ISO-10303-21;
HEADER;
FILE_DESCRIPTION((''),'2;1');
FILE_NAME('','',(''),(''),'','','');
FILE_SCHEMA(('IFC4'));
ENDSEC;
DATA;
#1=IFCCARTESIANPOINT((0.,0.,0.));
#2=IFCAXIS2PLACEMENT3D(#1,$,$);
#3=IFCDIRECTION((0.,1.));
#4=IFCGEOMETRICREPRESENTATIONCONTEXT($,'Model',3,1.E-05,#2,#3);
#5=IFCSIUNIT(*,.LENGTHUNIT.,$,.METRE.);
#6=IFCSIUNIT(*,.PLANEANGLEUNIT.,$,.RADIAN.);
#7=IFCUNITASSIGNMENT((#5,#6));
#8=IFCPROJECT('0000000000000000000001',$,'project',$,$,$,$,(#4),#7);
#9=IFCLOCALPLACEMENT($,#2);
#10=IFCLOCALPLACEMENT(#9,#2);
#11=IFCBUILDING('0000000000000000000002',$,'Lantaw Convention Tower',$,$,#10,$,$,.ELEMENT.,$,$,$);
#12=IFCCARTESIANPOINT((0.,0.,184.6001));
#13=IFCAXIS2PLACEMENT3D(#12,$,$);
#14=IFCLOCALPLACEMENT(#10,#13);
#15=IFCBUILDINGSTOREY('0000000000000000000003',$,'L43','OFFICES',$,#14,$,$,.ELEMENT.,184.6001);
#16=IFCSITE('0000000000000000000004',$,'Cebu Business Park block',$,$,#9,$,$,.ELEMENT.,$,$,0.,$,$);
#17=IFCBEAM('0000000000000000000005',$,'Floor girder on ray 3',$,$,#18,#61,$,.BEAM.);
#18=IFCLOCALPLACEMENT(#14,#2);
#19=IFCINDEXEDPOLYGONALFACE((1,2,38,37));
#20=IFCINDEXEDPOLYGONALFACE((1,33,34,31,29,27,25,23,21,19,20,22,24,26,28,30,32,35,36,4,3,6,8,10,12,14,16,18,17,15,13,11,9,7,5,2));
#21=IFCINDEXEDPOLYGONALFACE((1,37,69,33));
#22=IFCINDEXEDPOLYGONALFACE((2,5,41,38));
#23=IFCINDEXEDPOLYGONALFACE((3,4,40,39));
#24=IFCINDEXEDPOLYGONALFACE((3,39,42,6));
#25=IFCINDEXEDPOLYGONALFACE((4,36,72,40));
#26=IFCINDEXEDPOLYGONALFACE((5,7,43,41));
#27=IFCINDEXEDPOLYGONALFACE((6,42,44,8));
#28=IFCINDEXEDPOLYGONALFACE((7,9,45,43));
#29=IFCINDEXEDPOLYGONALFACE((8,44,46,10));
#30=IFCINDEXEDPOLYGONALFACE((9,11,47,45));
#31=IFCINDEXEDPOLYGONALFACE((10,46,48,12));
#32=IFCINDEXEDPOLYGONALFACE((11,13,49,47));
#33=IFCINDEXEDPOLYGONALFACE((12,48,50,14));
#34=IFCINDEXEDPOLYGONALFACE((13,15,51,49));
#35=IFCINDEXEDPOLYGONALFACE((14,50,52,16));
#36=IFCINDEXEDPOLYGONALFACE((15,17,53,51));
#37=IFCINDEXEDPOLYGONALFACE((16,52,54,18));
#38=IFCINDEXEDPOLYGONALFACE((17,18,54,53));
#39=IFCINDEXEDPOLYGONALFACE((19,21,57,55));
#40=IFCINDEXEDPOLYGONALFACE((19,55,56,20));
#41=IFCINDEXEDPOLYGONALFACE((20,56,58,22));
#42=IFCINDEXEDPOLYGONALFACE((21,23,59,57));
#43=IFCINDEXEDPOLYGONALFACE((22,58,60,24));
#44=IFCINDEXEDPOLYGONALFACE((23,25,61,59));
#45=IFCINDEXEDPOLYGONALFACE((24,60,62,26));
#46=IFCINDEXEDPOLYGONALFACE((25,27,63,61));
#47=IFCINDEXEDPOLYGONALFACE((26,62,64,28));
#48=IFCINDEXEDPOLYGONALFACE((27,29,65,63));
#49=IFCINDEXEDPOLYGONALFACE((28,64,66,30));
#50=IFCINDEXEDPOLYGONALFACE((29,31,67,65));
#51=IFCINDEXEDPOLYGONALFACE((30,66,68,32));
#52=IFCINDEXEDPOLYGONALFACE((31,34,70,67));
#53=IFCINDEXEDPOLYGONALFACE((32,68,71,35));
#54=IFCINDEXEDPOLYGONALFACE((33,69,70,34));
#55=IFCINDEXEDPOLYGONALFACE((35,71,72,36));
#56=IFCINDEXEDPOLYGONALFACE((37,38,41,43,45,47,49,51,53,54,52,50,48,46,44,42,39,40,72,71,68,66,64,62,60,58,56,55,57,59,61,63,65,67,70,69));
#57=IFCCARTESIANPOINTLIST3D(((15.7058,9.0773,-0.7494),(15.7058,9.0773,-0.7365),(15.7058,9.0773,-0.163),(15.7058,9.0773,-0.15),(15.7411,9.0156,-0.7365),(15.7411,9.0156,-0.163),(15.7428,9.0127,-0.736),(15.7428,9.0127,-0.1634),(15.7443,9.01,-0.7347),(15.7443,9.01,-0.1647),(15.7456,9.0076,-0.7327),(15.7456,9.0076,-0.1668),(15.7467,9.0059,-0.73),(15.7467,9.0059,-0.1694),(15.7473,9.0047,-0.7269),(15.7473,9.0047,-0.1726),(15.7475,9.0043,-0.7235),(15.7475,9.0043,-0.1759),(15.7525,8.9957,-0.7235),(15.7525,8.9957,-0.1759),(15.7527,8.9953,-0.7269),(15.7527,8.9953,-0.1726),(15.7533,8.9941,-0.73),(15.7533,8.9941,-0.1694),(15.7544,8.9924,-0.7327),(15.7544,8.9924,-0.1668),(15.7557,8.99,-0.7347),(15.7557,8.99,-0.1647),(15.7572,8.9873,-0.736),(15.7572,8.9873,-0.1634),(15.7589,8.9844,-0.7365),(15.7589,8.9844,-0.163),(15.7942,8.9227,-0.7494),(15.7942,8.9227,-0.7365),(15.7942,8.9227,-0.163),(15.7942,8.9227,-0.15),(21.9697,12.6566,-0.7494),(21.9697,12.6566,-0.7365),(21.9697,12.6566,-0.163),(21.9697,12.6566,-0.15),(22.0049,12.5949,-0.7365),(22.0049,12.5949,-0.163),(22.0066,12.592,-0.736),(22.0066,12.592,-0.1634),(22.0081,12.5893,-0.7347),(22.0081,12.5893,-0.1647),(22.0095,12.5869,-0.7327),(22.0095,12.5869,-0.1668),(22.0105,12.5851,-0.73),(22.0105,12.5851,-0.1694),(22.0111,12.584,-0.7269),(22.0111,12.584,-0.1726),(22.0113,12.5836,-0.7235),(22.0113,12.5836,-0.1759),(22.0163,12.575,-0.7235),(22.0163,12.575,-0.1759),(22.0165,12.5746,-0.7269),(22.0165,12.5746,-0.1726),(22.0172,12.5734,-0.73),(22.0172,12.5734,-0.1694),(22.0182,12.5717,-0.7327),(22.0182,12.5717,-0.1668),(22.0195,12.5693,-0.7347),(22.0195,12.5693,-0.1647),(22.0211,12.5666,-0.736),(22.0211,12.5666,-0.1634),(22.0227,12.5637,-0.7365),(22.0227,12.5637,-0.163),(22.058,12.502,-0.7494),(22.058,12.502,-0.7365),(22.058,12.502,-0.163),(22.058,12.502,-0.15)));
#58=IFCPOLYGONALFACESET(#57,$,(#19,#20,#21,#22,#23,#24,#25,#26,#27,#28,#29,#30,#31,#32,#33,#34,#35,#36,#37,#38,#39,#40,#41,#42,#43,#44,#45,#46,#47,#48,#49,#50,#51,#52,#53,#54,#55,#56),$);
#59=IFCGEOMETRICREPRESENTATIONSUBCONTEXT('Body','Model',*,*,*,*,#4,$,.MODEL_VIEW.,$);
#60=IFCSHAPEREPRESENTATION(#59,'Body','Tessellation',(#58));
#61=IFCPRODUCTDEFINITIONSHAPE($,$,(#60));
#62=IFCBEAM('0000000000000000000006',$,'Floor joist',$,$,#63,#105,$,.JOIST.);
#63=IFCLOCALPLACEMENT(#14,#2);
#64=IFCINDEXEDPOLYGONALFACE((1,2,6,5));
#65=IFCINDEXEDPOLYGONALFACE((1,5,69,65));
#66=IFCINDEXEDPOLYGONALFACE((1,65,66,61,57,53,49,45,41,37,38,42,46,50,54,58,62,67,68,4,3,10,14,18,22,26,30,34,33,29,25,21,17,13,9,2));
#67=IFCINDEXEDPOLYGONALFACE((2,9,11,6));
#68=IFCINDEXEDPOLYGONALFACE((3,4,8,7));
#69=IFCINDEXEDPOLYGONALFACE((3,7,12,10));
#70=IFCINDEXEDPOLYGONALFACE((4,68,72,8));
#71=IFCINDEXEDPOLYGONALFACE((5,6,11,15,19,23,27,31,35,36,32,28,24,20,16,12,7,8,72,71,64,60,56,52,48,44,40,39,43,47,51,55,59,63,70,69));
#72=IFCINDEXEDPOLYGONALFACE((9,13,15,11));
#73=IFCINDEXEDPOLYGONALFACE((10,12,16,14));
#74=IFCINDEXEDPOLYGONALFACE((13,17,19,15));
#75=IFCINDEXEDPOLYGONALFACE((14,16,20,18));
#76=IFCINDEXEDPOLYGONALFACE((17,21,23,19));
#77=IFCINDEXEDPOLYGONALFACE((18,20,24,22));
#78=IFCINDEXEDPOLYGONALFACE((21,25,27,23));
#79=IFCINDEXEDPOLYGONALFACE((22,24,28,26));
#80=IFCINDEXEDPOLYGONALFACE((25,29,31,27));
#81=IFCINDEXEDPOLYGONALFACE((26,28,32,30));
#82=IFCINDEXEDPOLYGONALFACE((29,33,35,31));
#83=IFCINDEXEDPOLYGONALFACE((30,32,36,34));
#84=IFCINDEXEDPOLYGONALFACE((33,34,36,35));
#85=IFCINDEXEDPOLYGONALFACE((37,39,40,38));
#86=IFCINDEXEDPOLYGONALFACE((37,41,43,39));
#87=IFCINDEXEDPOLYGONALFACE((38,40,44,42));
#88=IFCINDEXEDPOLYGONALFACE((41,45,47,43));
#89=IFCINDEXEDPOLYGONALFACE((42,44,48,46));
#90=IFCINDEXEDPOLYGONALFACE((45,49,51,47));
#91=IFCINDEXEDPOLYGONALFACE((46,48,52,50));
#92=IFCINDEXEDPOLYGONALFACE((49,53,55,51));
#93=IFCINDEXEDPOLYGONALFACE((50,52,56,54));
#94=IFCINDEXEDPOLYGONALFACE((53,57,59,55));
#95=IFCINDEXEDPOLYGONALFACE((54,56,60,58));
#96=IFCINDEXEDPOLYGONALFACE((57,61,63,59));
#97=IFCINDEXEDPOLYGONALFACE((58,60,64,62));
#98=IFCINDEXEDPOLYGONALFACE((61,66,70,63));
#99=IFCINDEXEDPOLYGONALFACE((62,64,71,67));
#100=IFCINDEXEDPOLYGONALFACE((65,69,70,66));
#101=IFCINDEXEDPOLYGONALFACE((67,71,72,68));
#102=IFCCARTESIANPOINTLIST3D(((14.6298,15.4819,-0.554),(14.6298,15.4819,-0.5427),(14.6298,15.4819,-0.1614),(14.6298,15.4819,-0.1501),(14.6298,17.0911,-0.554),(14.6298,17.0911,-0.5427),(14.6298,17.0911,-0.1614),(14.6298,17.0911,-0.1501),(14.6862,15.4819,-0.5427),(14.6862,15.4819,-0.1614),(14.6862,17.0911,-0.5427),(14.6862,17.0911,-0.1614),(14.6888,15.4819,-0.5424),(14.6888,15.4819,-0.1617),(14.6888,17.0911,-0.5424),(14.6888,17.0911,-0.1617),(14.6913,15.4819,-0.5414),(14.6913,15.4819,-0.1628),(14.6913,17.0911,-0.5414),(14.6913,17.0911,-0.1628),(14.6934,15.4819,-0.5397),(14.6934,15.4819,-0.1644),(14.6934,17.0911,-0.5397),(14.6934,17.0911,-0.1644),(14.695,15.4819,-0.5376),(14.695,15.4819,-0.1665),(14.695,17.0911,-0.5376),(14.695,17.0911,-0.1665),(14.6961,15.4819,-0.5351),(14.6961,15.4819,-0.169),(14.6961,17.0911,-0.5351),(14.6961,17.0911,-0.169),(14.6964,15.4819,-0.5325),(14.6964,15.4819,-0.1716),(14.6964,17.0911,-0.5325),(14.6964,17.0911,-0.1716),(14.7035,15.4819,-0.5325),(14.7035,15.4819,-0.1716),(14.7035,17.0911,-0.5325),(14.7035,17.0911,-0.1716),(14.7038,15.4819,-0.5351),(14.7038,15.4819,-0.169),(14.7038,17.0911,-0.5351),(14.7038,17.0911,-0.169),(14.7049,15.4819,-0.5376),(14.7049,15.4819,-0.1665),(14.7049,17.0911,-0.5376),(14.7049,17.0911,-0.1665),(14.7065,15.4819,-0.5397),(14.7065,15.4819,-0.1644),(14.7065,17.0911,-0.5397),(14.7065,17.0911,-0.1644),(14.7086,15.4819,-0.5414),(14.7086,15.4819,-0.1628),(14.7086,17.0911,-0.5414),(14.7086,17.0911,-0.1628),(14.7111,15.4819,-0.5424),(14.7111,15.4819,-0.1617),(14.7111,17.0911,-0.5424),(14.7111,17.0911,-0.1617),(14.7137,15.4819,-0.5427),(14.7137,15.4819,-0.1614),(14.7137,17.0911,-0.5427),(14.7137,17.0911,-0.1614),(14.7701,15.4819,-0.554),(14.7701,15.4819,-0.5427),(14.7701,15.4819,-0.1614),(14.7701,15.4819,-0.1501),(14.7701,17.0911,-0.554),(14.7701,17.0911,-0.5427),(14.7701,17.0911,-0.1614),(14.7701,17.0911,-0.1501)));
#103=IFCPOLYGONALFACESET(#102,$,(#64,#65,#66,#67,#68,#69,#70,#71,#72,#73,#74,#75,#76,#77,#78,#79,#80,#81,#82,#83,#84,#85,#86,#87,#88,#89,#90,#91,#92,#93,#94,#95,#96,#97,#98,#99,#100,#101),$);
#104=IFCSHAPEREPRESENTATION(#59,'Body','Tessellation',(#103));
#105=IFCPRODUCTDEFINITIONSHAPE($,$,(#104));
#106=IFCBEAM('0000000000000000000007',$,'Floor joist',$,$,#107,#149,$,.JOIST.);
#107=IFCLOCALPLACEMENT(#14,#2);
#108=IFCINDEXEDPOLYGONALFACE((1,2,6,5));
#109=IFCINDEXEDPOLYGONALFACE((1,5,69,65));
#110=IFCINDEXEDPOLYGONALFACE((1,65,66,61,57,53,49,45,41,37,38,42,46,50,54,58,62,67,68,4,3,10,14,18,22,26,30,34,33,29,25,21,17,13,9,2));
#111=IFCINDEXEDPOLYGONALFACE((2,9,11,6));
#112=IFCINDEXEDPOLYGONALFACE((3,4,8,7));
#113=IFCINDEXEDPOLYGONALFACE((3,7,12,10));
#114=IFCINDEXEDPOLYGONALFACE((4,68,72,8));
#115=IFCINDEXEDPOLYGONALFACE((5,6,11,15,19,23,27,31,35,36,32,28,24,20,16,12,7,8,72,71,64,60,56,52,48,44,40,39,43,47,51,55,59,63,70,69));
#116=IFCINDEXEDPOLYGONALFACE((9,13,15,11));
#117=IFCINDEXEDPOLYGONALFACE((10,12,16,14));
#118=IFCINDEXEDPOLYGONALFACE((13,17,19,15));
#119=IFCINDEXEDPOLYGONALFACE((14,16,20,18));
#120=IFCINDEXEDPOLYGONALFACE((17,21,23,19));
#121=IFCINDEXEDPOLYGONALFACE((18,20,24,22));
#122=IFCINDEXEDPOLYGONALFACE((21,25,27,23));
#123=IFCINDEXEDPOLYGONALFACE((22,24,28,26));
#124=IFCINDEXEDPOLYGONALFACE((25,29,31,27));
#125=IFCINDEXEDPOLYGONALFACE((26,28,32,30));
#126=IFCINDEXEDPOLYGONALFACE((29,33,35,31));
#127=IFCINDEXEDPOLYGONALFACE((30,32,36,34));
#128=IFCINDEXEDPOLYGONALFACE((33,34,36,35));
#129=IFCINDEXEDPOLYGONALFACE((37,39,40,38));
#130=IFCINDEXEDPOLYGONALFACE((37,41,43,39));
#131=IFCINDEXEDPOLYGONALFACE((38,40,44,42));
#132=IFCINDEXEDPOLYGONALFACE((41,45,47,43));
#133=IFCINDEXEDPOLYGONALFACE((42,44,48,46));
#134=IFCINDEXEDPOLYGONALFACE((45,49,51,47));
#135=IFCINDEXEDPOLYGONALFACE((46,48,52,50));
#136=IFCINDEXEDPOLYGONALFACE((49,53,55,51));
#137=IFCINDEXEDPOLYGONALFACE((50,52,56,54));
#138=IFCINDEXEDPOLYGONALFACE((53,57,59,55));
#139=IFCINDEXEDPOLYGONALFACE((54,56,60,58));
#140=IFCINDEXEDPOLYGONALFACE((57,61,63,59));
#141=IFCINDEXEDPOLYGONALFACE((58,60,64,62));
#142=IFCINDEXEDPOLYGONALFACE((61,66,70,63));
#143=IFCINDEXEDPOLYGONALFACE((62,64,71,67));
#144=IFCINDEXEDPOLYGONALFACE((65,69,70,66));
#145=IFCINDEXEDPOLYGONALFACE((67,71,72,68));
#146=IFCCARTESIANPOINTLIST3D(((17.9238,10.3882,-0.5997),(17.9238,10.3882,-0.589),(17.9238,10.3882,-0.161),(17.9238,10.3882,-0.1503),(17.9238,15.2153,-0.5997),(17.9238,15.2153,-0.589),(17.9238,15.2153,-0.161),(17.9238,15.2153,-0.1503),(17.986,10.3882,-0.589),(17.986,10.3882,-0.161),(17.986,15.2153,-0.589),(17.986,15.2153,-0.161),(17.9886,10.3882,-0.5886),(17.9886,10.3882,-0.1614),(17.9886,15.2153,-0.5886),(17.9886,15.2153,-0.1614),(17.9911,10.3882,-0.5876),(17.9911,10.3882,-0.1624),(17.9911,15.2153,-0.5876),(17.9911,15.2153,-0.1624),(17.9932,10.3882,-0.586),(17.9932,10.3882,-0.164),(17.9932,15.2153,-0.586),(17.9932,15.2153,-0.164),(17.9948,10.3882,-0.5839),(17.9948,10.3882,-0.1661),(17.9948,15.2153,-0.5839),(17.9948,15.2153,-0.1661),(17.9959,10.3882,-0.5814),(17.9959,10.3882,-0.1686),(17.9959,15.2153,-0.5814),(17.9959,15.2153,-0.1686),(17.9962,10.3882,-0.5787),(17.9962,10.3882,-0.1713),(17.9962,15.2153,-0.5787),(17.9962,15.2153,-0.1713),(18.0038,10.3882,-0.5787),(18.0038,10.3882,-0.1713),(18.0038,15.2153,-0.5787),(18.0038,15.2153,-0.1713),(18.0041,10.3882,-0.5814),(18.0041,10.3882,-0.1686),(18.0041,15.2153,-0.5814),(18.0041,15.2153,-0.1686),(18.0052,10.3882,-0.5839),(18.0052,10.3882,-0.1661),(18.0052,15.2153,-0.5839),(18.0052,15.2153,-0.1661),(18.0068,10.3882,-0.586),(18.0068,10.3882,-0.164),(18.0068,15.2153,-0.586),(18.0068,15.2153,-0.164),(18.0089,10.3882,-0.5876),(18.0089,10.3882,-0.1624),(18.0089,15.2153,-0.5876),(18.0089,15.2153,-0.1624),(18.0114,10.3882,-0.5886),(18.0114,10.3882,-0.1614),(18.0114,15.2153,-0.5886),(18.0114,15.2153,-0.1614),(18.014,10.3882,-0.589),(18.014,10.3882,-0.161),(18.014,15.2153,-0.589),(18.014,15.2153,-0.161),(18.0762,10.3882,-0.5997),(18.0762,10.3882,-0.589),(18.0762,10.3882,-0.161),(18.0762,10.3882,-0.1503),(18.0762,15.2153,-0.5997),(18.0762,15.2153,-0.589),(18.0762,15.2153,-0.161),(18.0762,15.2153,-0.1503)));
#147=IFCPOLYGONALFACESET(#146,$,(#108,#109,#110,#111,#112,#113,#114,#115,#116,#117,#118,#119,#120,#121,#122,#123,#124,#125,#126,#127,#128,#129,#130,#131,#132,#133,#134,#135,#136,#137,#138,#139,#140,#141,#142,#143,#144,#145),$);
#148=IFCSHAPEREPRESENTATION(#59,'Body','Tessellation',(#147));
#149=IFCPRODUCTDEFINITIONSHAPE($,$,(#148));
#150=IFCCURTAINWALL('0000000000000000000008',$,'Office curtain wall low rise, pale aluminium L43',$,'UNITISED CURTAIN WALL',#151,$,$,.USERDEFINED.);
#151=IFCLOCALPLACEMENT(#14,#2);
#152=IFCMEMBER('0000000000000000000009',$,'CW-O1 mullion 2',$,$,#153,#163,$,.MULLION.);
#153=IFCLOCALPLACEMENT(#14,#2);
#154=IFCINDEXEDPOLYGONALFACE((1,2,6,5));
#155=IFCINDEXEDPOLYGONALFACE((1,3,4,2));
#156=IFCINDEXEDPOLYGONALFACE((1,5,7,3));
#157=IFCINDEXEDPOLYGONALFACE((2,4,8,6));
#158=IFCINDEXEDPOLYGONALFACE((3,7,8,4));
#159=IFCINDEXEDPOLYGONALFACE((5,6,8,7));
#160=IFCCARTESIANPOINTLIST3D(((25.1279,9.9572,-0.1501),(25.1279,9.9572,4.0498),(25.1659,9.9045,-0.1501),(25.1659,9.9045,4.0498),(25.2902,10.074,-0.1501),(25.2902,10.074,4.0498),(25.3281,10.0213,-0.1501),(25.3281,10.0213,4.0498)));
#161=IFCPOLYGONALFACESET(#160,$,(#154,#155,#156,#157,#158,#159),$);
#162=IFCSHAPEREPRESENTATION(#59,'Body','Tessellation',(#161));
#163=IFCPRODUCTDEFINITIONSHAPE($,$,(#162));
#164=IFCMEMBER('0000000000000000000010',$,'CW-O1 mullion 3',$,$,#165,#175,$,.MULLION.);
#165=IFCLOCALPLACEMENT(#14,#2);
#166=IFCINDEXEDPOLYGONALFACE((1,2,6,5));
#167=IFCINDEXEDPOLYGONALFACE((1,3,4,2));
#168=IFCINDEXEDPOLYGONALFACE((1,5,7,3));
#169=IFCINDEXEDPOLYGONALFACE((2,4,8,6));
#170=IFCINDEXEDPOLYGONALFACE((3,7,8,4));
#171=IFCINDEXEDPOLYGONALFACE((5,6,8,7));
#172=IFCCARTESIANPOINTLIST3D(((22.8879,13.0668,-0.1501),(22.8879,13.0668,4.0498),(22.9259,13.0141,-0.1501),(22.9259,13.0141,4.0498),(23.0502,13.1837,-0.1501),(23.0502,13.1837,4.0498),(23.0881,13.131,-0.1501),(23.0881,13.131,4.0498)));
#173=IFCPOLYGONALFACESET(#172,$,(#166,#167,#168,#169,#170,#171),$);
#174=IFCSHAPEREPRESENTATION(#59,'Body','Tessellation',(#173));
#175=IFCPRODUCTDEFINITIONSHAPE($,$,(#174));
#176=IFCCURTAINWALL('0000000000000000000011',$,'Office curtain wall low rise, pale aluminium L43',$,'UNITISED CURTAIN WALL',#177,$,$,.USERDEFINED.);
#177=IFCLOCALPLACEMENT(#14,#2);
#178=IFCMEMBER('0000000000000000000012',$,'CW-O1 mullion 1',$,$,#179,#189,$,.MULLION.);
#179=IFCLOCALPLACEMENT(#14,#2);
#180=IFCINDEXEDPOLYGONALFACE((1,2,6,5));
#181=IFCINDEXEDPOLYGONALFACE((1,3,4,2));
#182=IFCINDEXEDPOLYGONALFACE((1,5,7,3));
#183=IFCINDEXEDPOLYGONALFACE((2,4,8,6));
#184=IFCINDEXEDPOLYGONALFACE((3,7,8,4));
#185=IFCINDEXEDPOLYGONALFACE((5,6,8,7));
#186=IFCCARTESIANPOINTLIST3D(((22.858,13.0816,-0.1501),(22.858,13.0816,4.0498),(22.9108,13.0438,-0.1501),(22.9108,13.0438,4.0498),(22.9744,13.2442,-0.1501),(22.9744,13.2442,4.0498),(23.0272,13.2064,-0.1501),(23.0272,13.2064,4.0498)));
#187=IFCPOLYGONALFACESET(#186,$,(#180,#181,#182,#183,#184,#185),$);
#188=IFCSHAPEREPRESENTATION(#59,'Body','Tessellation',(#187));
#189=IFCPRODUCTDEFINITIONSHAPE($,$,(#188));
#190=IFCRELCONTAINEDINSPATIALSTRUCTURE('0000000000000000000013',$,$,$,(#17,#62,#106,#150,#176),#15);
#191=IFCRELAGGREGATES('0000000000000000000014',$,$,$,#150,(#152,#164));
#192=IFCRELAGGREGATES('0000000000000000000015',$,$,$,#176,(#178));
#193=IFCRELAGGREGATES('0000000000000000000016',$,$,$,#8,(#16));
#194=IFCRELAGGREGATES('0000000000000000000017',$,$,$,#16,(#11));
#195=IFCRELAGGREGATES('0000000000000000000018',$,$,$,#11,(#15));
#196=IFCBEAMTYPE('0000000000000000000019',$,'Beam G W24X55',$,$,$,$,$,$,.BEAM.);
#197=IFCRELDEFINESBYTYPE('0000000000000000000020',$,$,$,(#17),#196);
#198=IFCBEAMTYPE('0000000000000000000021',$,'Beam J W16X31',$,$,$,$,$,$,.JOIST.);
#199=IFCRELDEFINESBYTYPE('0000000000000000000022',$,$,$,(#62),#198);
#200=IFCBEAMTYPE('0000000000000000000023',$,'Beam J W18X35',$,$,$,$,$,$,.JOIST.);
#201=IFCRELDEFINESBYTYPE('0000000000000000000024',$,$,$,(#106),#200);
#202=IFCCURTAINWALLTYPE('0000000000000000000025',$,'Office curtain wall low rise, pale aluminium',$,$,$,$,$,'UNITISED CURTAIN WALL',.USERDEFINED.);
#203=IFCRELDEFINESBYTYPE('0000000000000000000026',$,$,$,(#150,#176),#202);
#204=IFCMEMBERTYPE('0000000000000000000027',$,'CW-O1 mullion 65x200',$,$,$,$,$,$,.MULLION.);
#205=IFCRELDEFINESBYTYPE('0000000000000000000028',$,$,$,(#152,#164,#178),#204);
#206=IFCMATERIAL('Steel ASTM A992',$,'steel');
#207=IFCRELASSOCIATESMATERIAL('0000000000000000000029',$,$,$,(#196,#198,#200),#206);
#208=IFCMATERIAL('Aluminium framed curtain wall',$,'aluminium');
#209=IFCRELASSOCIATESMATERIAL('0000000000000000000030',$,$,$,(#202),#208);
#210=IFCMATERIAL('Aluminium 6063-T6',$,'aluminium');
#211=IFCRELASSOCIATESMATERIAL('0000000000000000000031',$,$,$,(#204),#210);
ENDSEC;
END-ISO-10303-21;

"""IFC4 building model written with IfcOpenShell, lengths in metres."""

from ifc_helpers import new_model, si_unit, direction, frame, origin, origin_2d, place, context, subcontext, project, spatial, rectangle, i_section, extrude, material, material_profile, profile_set, type_object, element, aggregate, save


model = new_model("IFC4")

# Units and contexts
model_context = context("Model", 3, precision=1e-05, world=origin(), true_north=direction((0.0, 1.0)))
body_context = subcontext(model_context, "Body", "Model", "MODEL_VIEW")
ifc_project = project(units=[si_unit("LENGTHUNIT", "METRE"), si_unit("PLANEANGLEUNIT", "RADIAN")], contexts=[model_context])

# Site, building, storey
site_placement = place(None, origin())
site = spatial("IfcSite", under=ifc_project, at=site_placement, Name="Cebu Business Park block", CompositionType="ELEMENT", RefElevation=0.0)
building_placement = place(site_placement, origin())
building = spatial("IfcBuilding", under=site, at=building_placement, Name="Lantaw Convention Tower", CompositionType="ELEMENT")
storey_placement = place(building_placement, frame((0.0, 0.0, 184.6001)))
storey = spatial("IfcBuildingStorey", under=building, at=storey_placement, Name="L43", Description="OFFICES", CompositionType="ELEMENT", Elevation=184.6001)

# Beams
ifc_material_1 = material(Name="Steel ASTM A992", Category="steel")
ifc_material_profile_1 = material_profile(ifc_material_1, i_section(OverallWidth=0.178, OverallDepth=0.5994, WebThickness=0.01, FlangeThickness=0.0129, FilletRadius=0.0129, at=origin_2d()), Name="W24X55")
ifc_profile_set_1 = profile_set([ifc_material_profile_1], Name="Steel ASTM A992")
beam_type_1 = type_object("IfcBeamType", Name="Beam G W24X55", PredefinedType="BEAM", material=ifc_profile_set_1)
beam_1_placement = place(storey_placement, frame((15.75, 9.0, -0.4497), z_axis=(0.868245, 0.496135, 0.0), x_axis=(-0.496135, 0.868245, 0.0)))
element("IfcBeam", 1, at=beam_1_placement, inside=storey, type_object=beam_type_1, Name="Floor girder on ray 3", PredefinedType="BEAM", context=body_context, shape_type="SweptSolid", body=[
    extrude(i_section(OverallWidth=0.178, OverallDepth=0.5994, WebThickness=0.01, FlangeThickness=0.0129, FilletRadius=0.0129, at=origin_2d()), origin(), (0.0, 0.0, 1.0), 7.2144),
])
ifc_material_profile_2 = material_profile(ifc_material_1, i_section(OverallWidth=0.1404, OverallDepth=0.4038, WebThickness=0.0071, FlangeThickness=0.0112, FilletRadius=0.0103, at=origin_2d()), Name="W16X31")
ifc_profile_set_2 = profile_set([ifc_material_profile_2], Name="Steel ASTM A992")
beam_type_2 = type_object("IfcBeamType", Name="Beam J W16X31", PredefinedType="JOIST", material=ifc_profile_set_2)
beam_2_placement = place(storey_placement, frame((14.7, 15.4819, -0.3521), z_axis=(0.0, 1.0, 0.0), x_axis=(-1.0, 0.0, 0.0)))
element("IfcBeam", 2, at=beam_2_placement, inside=storey, type_object=beam_type_2, Name="Floor joist", PredefinedType="JOIST", context=body_context, shape_type="SweptSolid", body=[
    extrude(i_section(OverallWidth=0.1404, OverallDepth=0.4038, WebThickness=0.0071, FlangeThickness=0.0112, FilletRadius=0.0103, at=origin_2d()), origin(), (0.0, 0.0, 1.0), 1.6091),
])
ifc_material_profile_3 = material_profile(ifc_material_1, i_section(OverallWidth=0.1523, OverallDepth=0.4495, WebThickness=0.0076, FlangeThickness=0.0107, FilletRadius=0.0103, at=origin_2d()), Name="W18X35")
ifc_profile_set_3 = profile_set([ifc_material_profile_3], Name="Steel ASTM A992")
beam_type_3 = type_object("IfcBeamType", Name="Beam J W18X35", PredefinedType="JOIST", material=ifc_profile_set_3)
beam_3_placement = place(storey_placement, frame((18.0, 10.3882, -0.375), z_axis=(0.0, 1.0, 0.0), x_axis=(-1.0, 0.0, 0.0)))
element("IfcBeam", 3, at=beam_3_placement, inside=storey, type_object=beam_type_3, Name="Floor joist", PredefinedType="JOIST", context=body_context, shape_type="SweptSolid", body=[
    extrude(i_section(OverallWidth=0.1523, OverallDepth=0.4495, WebThickness=0.0076, FlangeThickness=0.0107, FilletRadius=0.0103, at=origin_2d()), origin(), (0.0, 0.0, 1.0), 4.8271),
])

# Curtain walls, members
ifc_material_2 = material(Name="Aluminium framed curtain wall", Category="aluminium")
curtain_wall_type = type_object("IfcCurtainWallType", Name="Office curtain wall low rise, pale aluminium", ElementType="UNITISED CURTAIN WALL", PredefinedType="USERDEFINED", material=ifc_material_2)
curtain_wall_1_placement = place(storey_placement, origin())
curtain_wall_1 = element("IfcCurtainWall", 4, at=curtain_wall_1_placement, inside=storey, type_object=curtain_wall_type, Name="Office curtain wall low rise, pale aluminium L43", ObjectType="UNITISED CURTAIN WALL", PredefinedType="USERDEFINED")
ifc_material_3 = material(Name="Aluminium 6063-T6", Category="aluminium")
ifc_material_profile_4 = material_profile(ifc_material_3, rectangle(XDim=0.2, YDim=0.0649, at=origin_2d()), Name="CW-O1 mullion 65x200")
ifc_profile_set_4 = profile_set([ifc_material_profile_4], Name="Aluminium 6063-T6")
member_type_1 = type_object("IfcMemberType", Name="CW-O1 mullion 65x200", PredefinedType="MULLION", material=ifc_profile_set_4)
member_1_placement = place(storey_placement, frame((25.228, 9.9893, -0.1501), z_axis=(0.0, 0.0, 1.0), x_axis=(-0.811385, -0.584513, 0.0)))
member_1 = element("IfcMember", 5, at=member_1_placement, type_object=member_type_1, Name="CW-O1 mullion 2", PredefinedType="MULLION", context=body_context, shape_type="SweptSolid", body=[
    extrude(rectangle(XDim=0.2, YDim=0.0649, at=origin_2d()), origin(), (0.0, 0.0, 1.0), 4.2),
])
member_2_placement = place(storey_placement, frame((22.988, 13.0989, -0.1501), z_axis=(0.0, 0.0, 1.0), x_axis=(-0.811385, -0.584513, 0.0)))
member_2 = element("IfcMember", 6, at=member_2_placement, type_object=member_type_1, Name="CW-O1 mullion 3", PredefinedType="MULLION", context=body_context, shape_type="SweptSolid", body=[
    extrude(rectangle(XDim=0.2, YDim=0.0649, at=origin_2d()), origin(), (0.0, 0.0, 1.0), 4.2),
])
curtain_wall_2_placement = place(storey_placement, origin())
curtain_wall_2 = element("IfcCurtainWall", 7, at=curtain_wall_2_placement, inside=storey, type_object=curtain_wall_type, Name="Office curtain wall low rise, pale aluminium L43", ObjectType="UNITISED CURTAIN WALL", PredefinedType="USERDEFINED")
member_3_placement = place(storey_placement, frame((22.9426, 13.144, -0.1501), z_axis=(0.0, 0.0, 1.0), x_axis=(-0.581973, -0.813208, 0.0)))
member_3 = element("IfcMember", 8, at=member_3_placement, type_object=member_type_1, Name="CW-O1 mullion 1", PredefinedType="MULLION", context=body_context, shape_type="SweptSolid", body=[
    extrude(rectangle(XDim=0.2, YDim=0.0649, at=origin_2d()), origin(), (0.0, 0.0, 1.0), 4.2),
])

aggregate(curtain_wall_1, [member_1, member_2])
aggregate(curtain_wall_2, [member_3])

save(model, "model.ifc")
